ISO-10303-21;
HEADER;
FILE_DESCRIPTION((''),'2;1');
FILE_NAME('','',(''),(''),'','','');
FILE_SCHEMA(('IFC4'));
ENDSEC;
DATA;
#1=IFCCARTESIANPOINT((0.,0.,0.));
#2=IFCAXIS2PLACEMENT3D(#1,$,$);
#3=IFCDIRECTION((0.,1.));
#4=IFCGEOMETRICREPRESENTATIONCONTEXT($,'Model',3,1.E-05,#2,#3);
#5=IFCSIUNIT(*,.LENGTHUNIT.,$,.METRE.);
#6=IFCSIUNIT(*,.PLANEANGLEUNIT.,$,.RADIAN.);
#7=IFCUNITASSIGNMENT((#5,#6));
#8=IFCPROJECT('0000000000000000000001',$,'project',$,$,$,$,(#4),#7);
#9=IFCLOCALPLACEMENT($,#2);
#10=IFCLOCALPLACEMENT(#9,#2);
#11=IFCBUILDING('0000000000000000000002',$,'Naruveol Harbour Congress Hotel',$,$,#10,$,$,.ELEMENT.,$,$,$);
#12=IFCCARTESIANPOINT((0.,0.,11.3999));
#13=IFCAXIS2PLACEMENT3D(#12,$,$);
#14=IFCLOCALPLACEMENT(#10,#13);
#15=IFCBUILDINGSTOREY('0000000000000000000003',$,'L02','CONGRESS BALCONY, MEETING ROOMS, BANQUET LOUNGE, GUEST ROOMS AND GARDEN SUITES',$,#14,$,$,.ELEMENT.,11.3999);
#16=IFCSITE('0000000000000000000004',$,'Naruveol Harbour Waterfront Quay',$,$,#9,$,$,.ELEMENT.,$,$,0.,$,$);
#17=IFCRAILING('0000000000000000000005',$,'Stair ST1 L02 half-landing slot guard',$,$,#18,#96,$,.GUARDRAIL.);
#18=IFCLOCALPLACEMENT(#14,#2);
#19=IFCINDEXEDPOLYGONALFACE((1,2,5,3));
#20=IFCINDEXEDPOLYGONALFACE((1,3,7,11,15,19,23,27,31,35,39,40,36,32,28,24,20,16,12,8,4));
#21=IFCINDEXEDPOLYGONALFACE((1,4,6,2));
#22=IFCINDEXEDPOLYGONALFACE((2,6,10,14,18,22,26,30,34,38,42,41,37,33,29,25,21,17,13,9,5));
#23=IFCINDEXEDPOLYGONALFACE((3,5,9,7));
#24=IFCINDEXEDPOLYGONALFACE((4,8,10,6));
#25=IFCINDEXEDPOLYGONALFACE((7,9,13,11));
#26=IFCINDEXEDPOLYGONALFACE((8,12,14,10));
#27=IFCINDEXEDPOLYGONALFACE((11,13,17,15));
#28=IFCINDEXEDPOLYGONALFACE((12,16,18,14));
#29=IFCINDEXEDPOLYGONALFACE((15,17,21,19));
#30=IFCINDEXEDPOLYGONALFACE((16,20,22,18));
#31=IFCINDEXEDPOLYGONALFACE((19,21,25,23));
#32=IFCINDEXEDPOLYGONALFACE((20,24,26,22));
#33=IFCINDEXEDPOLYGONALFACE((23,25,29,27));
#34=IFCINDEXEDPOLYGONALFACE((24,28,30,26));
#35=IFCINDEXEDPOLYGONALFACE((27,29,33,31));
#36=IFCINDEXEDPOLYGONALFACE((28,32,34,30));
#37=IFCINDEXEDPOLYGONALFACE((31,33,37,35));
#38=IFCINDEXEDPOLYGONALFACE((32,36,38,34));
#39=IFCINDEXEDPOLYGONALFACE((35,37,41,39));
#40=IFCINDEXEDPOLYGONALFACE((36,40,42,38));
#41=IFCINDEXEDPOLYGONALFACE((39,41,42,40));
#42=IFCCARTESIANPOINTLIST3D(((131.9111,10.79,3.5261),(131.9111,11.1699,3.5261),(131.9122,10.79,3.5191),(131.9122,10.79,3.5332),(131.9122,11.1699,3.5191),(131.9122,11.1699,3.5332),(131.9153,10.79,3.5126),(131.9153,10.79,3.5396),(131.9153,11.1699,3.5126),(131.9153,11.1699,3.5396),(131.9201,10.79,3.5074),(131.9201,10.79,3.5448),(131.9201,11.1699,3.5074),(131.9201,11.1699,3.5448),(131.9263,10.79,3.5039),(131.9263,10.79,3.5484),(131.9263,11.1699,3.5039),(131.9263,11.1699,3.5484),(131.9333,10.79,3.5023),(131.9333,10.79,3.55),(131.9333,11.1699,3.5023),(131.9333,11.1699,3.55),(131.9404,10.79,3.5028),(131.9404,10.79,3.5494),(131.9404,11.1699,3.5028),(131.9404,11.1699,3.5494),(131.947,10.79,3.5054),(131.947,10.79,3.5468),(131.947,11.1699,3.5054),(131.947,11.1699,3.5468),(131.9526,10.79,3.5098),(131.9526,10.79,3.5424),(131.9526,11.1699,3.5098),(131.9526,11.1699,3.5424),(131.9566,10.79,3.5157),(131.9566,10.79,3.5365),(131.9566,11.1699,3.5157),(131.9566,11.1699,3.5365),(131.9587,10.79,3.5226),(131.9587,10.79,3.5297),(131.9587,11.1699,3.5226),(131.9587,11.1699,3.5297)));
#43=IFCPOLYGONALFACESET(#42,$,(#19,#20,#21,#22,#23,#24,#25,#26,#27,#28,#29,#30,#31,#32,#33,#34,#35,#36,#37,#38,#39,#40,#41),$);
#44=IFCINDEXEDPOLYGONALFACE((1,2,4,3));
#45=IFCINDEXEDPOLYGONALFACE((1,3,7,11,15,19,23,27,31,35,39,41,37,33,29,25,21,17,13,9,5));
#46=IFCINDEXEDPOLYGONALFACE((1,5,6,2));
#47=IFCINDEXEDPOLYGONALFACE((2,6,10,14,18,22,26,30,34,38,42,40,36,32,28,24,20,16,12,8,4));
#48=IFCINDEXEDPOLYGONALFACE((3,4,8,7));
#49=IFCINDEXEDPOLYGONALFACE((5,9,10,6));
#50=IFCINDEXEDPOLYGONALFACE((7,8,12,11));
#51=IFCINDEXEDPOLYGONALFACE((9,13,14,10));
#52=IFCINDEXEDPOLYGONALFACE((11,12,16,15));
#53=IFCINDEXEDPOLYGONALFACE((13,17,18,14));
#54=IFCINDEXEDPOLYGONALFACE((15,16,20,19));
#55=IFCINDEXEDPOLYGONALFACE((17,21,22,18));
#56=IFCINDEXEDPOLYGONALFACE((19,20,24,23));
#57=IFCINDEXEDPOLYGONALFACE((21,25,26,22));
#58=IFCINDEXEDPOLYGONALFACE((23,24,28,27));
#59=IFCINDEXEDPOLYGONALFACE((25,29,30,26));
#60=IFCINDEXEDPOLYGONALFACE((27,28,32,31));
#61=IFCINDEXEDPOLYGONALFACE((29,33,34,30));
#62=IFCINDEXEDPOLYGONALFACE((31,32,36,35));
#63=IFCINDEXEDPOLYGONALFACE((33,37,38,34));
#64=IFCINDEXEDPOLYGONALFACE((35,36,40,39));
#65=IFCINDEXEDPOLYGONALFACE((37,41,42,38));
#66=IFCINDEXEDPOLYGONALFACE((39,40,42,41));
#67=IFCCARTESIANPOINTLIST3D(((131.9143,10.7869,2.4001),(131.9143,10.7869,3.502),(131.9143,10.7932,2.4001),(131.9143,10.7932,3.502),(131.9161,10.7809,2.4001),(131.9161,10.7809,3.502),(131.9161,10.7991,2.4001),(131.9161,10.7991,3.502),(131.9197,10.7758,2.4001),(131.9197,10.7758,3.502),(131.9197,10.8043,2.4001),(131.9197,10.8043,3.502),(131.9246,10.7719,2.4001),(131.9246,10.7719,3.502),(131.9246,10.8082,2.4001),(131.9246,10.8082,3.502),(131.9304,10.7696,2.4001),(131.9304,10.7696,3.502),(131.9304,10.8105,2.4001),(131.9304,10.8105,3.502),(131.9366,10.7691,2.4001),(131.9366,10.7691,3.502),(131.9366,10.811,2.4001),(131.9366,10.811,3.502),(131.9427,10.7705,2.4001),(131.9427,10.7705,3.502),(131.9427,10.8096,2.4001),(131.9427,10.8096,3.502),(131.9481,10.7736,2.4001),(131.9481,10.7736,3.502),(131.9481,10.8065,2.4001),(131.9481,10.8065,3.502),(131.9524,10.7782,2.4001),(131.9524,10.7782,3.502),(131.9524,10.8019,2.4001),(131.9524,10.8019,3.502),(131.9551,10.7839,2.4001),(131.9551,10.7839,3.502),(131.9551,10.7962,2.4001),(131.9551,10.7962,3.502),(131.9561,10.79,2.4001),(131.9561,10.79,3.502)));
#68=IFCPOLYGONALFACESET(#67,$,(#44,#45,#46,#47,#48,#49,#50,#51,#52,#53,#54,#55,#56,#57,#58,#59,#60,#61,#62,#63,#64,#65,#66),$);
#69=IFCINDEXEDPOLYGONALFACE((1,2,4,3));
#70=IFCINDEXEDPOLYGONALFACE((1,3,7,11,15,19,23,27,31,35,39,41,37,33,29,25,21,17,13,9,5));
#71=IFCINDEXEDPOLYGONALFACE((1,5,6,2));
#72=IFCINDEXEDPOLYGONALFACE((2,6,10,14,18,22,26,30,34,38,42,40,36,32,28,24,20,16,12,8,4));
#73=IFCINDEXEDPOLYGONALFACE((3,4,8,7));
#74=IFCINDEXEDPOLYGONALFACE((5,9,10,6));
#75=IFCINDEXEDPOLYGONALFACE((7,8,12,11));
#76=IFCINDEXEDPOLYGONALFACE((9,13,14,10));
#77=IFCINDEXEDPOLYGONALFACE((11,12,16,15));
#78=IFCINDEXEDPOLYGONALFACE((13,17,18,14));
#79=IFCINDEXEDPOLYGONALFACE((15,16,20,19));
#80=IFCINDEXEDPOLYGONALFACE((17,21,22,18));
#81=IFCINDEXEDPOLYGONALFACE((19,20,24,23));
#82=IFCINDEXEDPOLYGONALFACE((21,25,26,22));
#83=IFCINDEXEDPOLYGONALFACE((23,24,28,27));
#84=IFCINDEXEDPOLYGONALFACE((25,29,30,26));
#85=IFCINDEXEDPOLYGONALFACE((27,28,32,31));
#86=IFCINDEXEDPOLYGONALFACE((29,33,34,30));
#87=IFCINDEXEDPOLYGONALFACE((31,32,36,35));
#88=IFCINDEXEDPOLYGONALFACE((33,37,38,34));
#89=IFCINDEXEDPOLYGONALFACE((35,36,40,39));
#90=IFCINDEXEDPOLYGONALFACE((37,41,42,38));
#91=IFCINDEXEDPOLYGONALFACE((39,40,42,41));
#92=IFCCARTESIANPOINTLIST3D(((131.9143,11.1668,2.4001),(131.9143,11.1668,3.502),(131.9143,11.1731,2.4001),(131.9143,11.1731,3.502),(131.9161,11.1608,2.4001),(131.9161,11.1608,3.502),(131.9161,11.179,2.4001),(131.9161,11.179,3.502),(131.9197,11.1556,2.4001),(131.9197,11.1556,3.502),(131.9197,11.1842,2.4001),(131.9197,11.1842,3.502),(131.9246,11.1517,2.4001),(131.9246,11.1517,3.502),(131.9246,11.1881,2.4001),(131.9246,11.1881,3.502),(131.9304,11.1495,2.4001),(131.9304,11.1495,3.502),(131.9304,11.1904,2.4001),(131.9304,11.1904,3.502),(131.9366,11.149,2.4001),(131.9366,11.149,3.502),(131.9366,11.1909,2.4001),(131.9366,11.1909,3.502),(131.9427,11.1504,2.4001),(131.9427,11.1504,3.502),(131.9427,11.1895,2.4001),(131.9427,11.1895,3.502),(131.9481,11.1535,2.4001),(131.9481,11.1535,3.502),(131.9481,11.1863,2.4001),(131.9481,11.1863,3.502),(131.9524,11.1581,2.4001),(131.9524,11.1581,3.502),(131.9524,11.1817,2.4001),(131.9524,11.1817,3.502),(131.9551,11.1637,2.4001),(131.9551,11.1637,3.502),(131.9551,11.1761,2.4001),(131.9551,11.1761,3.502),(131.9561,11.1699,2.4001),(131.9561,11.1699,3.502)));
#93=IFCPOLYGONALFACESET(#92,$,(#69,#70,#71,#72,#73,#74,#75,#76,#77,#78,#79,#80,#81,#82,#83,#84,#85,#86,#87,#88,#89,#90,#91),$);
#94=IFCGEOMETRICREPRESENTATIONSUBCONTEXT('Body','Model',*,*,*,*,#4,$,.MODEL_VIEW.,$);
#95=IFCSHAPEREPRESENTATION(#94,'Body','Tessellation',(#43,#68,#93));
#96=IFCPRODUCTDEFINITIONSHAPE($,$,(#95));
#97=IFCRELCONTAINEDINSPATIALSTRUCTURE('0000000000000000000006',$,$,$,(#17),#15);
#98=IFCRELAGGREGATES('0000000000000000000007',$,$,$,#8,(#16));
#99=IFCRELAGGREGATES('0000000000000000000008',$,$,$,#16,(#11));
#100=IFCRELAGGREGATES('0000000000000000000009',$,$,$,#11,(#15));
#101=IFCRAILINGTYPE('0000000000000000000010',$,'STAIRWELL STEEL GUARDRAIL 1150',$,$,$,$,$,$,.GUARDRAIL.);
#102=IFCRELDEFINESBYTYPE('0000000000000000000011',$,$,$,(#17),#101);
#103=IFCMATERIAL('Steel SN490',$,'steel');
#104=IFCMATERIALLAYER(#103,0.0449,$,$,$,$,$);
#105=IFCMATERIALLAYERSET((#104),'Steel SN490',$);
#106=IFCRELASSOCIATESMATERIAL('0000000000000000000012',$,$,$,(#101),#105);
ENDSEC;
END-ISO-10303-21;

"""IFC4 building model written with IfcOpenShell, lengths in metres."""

from ifc_helpers import new_model, si_unit, direction, frame, origin, origin_2d, place, context, subcontext, project, spatial, circle, extrude, material, layer, layer_set, type_object, element, save


model = new_model("IFC4")

# Units and contexts
model_context = context("Model", 3, precision=1e-05, world=origin(), true_north=direction((0.0, 1.0)))
body_context = subcontext(model_context, "Body", "Model", "MODEL_VIEW")
ifc_project = project(units=[si_unit("LENGTHUNIT", "METRE"), si_unit("PLANEANGLEUNIT", "RADIAN")], contexts=[model_context])

# Site, building, storey
site_placement = place(None, origin())
site = spatial("IfcSite", under=ifc_project, at=site_placement, Name="Naruveol Harbour Waterfront Quay", CompositionType="ELEMENT", RefElevation=0.0)
building_placement = place(site_placement, origin())
building = spatial("IfcBuilding", under=site, at=building_placement, Name="Naruveol Harbour Congress Hotel", CompositionType="ELEMENT")
storey_placement = place(building_placement, frame((0.0, 0.0, 11.3999)))
storey = spatial("IfcBuildingStorey", under=building, at=storey_placement, Name="L02", Description="CONGRESS BALCONY, MEETING ROOMS, BANQUET LOUNGE, GUEST ROOMS AND GARDEN SUITES", CompositionType="ELEMENT", Elevation=11.3999)

# Railing
ifc_material_1 = material(Name="Steel SN490", Category="steel")
ifc_layer_1 = layer(ifc_material_1, 0.0449)
ifc_layer_set_1 = layer_set([ifc_layer_1], Name="Steel SN490")
railing_type_1 = type_object("IfcRailingType", Name="STAIRWELL STEEL GUARDRAIL 1150", PredefinedType="GUARDRAIL", material=ifc_layer_set_1)
railing_1_placement = place(storey_placement, frame((131.9351, 10.79, 2.4001)))
element("IfcRailing", 1, at=railing_1_placement, inside=storey, type_object=railing_type_1, Name="Stair ST1 L02 half-landing slot guard", PredefinedType="GUARDRAIL", context=body_context, shape_type="SweptSolid", body=[
    extrude(circle(Radius=0.0239, at=origin_2d()), frame((0.0, 0.0, 1.126), z_axis=(0.0, 1.0, 0.0), x_axis=(-1.0, 0.0, 0.0)), (0.0, 0.0, 1.0), 0.3799),
    extrude(circle(Radius=0.021, at=origin_2d()), origin(), (0.0, 0.0, 1.0), 1.1018),
    extrude(circle(Radius=0.021, at=origin_2d()), frame((0.0, 0.3799, 0.0)), (0.0, 0.0, 1.0), 1.1018),
])

save(model, "model.ifc")
